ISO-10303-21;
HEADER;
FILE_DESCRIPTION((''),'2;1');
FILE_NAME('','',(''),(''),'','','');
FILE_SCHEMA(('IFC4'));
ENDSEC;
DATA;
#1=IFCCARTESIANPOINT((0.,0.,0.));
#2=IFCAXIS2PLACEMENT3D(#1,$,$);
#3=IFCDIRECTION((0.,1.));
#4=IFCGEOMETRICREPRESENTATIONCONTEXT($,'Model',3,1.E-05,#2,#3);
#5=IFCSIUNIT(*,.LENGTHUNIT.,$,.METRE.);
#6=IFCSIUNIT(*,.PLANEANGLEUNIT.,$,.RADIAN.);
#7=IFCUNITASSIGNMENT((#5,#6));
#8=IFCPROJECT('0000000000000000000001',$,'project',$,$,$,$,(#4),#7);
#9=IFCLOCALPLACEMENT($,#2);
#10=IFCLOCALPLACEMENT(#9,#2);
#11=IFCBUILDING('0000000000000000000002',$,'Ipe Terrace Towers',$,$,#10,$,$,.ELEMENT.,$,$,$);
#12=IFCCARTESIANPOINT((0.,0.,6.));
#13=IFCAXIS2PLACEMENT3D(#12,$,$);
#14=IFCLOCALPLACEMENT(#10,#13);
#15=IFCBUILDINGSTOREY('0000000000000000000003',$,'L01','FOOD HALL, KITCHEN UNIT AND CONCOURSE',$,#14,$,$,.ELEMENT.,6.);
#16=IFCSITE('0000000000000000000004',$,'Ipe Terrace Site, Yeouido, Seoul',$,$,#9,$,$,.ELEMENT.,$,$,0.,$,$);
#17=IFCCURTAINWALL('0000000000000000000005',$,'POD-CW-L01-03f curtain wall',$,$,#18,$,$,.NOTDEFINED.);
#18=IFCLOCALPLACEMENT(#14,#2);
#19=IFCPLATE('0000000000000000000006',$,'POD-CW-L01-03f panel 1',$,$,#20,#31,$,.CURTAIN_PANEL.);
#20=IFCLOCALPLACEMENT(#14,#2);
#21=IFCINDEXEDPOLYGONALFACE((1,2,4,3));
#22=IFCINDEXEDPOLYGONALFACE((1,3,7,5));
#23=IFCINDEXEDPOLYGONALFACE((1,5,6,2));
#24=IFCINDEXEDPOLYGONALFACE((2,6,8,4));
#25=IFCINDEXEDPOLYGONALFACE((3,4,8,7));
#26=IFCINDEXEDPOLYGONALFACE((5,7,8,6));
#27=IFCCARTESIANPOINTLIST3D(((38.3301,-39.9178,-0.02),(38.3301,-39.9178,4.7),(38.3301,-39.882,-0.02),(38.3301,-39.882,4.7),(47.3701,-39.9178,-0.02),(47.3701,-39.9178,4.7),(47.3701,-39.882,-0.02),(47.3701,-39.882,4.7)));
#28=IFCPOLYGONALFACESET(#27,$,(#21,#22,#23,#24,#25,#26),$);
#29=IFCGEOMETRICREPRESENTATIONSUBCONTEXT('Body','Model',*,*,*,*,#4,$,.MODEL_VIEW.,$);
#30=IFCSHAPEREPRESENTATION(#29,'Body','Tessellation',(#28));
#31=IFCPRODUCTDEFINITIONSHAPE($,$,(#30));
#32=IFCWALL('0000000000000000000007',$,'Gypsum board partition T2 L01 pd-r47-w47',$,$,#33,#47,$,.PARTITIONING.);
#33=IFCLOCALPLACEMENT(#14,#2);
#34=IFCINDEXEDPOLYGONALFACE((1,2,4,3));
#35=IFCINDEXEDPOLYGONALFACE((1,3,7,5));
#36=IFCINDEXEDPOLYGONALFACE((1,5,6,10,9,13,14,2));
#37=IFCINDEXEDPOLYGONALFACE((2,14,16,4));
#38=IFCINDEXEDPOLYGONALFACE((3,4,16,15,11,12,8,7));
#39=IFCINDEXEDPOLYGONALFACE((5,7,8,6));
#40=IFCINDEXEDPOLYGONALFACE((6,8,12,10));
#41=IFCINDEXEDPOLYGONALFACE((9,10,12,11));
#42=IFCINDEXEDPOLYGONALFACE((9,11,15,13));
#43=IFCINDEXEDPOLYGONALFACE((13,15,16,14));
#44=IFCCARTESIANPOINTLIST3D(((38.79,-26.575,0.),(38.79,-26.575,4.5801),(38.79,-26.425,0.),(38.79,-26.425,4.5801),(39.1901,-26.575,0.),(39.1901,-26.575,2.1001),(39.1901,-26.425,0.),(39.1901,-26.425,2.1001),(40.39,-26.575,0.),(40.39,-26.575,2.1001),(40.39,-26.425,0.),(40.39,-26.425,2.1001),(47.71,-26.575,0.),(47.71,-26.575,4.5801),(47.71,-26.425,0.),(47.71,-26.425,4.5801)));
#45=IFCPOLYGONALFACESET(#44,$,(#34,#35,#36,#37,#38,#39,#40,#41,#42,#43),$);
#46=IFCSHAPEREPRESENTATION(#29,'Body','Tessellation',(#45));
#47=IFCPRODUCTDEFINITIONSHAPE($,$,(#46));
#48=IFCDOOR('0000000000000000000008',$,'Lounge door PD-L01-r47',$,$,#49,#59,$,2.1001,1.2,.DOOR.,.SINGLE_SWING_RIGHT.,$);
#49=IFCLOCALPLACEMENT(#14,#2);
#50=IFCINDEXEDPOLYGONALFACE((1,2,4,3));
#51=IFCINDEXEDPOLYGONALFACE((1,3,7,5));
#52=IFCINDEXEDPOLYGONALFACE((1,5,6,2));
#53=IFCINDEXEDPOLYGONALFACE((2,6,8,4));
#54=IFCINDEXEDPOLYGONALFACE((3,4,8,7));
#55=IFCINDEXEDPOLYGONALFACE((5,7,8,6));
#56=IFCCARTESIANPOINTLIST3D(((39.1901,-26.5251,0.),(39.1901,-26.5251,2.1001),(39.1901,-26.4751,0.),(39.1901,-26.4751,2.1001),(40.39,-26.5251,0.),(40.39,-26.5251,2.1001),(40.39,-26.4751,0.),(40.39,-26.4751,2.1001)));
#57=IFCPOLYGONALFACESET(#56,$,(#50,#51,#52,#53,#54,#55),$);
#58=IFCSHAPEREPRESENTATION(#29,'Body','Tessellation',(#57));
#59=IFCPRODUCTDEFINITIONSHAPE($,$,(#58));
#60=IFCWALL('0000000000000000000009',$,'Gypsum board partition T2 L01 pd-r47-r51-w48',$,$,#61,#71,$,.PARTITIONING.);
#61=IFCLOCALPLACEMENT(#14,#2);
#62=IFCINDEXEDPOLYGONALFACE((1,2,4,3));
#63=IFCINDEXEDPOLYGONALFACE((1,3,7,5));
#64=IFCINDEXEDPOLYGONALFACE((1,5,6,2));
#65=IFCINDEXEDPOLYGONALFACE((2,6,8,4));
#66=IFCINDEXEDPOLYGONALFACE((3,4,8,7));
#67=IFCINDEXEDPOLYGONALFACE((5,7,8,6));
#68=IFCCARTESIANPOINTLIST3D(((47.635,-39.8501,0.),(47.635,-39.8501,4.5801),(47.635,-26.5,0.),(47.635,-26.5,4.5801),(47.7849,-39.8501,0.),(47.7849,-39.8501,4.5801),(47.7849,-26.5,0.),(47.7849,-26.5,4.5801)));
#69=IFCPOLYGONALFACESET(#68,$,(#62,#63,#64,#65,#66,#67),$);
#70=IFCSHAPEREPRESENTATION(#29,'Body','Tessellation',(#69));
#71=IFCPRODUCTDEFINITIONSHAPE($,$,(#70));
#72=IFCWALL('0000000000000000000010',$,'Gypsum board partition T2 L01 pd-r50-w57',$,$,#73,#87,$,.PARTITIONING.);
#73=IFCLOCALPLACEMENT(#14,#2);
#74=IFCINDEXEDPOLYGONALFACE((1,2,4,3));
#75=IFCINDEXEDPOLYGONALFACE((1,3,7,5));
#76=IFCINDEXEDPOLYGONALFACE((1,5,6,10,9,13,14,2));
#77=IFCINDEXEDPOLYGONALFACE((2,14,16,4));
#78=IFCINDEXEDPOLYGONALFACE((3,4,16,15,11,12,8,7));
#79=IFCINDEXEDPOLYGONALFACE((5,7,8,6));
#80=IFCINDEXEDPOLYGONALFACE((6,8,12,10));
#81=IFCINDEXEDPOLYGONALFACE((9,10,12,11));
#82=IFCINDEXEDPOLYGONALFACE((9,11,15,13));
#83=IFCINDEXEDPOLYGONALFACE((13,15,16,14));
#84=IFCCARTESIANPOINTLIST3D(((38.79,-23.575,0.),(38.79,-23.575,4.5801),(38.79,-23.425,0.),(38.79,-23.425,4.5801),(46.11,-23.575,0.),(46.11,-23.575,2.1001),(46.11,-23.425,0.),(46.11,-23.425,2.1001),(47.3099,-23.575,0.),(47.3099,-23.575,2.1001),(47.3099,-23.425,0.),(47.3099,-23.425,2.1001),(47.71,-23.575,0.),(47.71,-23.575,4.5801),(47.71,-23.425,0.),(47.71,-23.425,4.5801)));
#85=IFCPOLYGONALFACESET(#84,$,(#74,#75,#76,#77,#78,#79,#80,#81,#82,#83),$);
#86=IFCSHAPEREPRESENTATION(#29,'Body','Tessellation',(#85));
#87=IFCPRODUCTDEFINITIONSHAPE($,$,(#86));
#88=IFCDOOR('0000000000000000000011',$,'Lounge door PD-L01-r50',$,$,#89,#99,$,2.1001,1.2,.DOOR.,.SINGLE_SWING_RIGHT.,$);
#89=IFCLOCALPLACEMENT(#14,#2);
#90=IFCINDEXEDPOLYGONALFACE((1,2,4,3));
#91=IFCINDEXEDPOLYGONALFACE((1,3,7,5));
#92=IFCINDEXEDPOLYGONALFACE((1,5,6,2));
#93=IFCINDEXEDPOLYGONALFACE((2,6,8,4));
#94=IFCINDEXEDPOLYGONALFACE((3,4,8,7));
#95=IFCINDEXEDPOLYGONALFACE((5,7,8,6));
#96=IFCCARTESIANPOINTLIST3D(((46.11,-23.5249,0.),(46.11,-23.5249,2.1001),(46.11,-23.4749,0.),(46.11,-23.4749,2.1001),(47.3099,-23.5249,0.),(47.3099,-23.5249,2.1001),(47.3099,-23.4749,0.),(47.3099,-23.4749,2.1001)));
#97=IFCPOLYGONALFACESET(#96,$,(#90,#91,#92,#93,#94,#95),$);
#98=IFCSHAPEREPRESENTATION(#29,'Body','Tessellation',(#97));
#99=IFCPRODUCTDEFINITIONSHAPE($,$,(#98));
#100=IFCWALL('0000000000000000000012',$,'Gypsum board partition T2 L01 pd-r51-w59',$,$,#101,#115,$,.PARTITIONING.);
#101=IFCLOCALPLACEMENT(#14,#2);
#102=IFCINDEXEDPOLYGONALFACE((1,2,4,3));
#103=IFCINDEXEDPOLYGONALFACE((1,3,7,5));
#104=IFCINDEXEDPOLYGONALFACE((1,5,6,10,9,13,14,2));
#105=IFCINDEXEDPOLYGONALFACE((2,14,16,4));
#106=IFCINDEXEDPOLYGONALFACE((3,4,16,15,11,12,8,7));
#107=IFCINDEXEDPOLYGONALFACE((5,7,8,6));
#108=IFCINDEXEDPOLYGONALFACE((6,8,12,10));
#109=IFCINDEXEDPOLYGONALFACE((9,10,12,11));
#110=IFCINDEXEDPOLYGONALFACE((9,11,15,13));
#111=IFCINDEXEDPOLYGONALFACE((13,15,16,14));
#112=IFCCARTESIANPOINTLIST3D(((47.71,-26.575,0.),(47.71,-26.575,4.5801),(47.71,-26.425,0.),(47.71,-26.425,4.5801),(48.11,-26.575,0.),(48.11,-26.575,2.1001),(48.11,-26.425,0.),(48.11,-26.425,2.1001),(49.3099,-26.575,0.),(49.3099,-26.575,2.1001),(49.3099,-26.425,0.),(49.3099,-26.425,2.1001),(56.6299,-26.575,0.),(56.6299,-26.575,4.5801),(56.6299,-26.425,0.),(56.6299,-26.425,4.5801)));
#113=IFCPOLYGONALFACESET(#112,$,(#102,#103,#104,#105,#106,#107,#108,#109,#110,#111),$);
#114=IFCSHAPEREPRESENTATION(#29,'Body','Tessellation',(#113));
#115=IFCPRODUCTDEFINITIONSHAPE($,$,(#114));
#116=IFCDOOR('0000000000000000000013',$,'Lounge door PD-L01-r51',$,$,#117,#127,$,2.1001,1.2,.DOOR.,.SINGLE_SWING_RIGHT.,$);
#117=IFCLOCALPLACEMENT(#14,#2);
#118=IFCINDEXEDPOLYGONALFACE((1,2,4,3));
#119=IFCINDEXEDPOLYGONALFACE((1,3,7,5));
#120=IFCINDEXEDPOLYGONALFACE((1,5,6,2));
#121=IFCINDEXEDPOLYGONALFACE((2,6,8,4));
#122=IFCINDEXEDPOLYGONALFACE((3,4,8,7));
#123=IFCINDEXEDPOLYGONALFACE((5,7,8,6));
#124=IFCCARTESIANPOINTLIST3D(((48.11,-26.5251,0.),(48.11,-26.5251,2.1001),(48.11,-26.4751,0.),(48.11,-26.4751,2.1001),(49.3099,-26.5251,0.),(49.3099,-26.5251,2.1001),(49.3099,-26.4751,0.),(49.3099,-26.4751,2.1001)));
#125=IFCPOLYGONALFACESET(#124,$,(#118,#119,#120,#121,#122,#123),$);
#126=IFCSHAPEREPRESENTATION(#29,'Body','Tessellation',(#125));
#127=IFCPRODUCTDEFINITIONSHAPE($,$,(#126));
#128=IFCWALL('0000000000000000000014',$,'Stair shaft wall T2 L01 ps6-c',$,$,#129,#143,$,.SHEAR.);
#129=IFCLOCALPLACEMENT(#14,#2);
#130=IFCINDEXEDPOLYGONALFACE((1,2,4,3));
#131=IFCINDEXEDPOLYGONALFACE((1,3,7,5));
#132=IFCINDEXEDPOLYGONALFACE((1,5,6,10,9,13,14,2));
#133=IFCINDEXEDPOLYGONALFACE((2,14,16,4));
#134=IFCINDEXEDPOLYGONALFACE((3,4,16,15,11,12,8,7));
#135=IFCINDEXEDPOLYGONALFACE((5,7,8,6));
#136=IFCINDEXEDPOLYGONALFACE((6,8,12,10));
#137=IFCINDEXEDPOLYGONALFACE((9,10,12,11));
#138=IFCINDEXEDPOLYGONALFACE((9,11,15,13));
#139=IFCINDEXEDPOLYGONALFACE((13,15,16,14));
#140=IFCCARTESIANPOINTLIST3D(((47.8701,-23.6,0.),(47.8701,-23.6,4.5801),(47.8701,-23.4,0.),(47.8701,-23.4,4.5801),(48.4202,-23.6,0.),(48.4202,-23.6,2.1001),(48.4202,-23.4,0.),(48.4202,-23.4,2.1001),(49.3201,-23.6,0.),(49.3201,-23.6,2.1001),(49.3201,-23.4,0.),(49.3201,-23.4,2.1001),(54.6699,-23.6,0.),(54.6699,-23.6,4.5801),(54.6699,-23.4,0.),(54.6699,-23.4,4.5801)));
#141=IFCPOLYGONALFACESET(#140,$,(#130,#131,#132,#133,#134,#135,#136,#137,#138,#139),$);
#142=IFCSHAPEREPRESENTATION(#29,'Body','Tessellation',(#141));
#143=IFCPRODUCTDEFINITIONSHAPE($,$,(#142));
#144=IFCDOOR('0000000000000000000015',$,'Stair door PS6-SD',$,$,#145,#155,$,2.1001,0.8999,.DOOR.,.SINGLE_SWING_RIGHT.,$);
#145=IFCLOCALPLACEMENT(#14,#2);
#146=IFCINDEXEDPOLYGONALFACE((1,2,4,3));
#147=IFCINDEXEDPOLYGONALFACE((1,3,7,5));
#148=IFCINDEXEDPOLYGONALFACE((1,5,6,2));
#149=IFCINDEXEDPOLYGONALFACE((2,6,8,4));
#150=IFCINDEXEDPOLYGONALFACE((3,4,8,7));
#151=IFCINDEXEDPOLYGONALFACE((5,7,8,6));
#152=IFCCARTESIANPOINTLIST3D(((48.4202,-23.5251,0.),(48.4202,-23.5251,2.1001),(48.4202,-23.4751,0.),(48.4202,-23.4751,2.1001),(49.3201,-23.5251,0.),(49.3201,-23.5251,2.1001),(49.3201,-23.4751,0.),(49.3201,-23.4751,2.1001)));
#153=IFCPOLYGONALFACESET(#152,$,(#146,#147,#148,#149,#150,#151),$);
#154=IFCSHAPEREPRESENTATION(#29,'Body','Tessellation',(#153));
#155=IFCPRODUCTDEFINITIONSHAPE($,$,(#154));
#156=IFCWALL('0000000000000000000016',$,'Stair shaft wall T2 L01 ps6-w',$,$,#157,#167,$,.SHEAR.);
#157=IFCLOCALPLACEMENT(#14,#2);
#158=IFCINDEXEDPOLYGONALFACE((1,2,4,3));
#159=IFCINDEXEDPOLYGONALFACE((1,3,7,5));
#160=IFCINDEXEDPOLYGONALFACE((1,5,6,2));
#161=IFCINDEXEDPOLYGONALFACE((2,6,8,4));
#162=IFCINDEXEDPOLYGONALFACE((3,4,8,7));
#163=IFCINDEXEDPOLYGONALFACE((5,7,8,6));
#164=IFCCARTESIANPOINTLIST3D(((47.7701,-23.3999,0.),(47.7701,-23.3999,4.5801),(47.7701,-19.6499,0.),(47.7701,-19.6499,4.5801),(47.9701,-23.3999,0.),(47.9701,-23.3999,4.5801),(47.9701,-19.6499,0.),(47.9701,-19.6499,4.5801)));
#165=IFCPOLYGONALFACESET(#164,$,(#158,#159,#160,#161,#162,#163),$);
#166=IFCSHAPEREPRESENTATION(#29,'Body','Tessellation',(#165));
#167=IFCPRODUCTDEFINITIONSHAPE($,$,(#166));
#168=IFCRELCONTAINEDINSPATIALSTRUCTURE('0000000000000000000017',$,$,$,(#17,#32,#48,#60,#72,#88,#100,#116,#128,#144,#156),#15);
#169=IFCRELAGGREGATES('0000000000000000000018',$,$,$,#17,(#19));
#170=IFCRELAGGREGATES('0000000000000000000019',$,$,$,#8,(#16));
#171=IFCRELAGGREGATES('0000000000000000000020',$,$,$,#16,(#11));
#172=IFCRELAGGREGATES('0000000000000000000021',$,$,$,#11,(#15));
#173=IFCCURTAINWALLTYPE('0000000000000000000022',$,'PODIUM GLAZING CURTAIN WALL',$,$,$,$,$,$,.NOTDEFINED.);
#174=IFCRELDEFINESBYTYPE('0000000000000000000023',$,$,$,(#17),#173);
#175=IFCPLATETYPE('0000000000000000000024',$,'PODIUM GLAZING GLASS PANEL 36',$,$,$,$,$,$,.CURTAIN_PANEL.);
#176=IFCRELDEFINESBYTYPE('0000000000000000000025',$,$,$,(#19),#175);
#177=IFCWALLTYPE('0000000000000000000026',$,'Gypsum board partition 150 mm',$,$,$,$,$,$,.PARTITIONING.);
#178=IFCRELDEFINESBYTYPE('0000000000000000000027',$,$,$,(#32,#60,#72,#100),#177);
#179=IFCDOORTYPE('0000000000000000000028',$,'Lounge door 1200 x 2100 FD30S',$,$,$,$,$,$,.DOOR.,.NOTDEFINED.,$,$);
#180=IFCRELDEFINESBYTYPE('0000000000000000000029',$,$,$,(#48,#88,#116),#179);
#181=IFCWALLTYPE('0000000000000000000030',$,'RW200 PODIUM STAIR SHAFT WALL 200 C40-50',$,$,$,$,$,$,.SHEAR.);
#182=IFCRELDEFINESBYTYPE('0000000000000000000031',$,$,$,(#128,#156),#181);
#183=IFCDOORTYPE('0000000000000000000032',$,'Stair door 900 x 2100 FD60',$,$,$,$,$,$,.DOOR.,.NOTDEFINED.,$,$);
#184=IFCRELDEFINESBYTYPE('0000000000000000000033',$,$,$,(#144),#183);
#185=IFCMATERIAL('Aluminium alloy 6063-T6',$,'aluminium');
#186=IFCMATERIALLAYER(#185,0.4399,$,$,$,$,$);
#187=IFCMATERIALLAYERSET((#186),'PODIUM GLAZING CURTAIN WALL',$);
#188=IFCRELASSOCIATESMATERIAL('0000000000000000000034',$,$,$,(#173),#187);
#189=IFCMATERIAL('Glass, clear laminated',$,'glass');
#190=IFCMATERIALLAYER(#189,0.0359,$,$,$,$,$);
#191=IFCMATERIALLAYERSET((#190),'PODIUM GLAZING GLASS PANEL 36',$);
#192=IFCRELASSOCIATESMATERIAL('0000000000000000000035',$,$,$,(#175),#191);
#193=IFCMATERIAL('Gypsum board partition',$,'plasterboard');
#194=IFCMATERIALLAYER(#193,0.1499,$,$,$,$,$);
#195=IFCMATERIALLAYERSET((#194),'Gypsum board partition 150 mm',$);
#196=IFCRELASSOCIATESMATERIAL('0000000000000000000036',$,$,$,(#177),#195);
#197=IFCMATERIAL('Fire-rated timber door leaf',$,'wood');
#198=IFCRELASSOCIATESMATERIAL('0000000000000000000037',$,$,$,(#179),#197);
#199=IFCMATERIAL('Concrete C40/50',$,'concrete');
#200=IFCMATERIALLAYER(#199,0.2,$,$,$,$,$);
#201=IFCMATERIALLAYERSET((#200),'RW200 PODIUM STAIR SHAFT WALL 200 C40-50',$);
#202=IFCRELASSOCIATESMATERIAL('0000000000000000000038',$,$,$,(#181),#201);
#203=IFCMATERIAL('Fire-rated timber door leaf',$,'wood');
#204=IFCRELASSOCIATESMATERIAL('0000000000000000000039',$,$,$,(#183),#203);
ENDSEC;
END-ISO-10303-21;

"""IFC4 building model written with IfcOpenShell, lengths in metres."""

from ifc_helpers import new_model, si_unit, direction, frame, frame_2d, origin, origin_2d, place, context, subcontext, project, spatial, rectangle, extrude, material, layer, layer_set, type_object, element, fill, aggregate, save


model = new_model("IFC4")

# Units and contexts
model_context = context("Model", 3, precision=1e-05, world=origin(), true_north=direction((0.0, 1.0)))
body_context = subcontext(model_context, "Body", "Model", "MODEL_VIEW")
ifc_project = project(units=[si_unit("LENGTHUNIT", "METRE"), si_unit("PLANEANGLEUNIT", "RADIAN")], contexts=[model_context])

# Site, building, storey
site_placement = place(None, origin())
site = spatial("IfcSite", under=ifc_project, at=site_placement, Name="Ipe Terrace Site, Yeouido, Seoul", CompositionType="ELEMENT", RefElevation=0.0)
building_placement = place(site_placement, origin())
building = spatial("IfcBuilding", under=site, at=building_placement, Name="Ipe Terrace Towers", CompositionType="ELEMENT")
storey_placement = place(building_placement, frame((0.0, 0.0, 6.0)))
storey = spatial("IfcBuildingStorey", under=building, at=storey_placement, Name="L01", Description="FOOD HALL, KITCHEN UNIT AND CONCOURSE", CompositionType="ELEMENT", Elevation=6.0)

# Curtain wall, plate
ifc_material_1 = material(Name="Aluminium alloy 6063-T6", Category="aluminium")
ifc_layer_1 = layer(ifc_material_1, 0.4399)
ifc_layer_set_1 = layer_set([ifc_layer_1], Name="PODIUM GLAZING CURTAIN WALL")
curtain_wall_type = type_object("IfcCurtainWallType", Name="PODIUM GLAZING CURTAIN WALL", PredefinedType="NOTDEFINED", material=ifc_layer_set_1)
curtain_wall_placement = place(storey_placement, origin())
curtain_wall = element("IfcCurtainWall", 1, at=curtain_wall_placement, inside=storey, type_object=curtain_wall_type, Name="POD-CW-L01-03f curtain wall", PredefinedType="NOTDEFINED")
ifc_material_2 = material(Name="Glass, clear laminated", Category="glass")
ifc_layer_2 = layer(ifc_material_2, 0.0359)
ifc_layer_set_2 = layer_set([ifc_layer_2], Name="PODIUM GLAZING GLASS PANEL 36")
plate_type = type_object("IfcPlateType", Name="PODIUM GLAZING GLASS PANEL 36", PredefinedType="CURTAIN_PANEL", material=ifc_layer_set_2)
plate_placement = place(storey_placement, frame((42.8501, -39.8999, -0.02), z_axis=(0.0, 0.0, 1.0), x_axis=(1.0, 0.0, 0.0)))
plate = element("IfcPlate", 2, at=plate_placement, type_object=plate_type, Name="POD-CW-L01-03f panel 1", PredefinedType="CURTAIN_PANEL", context=body_context, shape_type="SweptSolid", body=[
    extrude(rectangle(XDim=9.04, YDim=0.0359, at=origin_2d()), origin(), (0.0, 0.0, 1.0), 4.72),
])
aggregate(curtain_wall, [plate])

# Wall, opening, door
ifc_material_3 = material(Name="Gypsum board partition", Category="plasterboard")
ifc_layer_3 = layer(ifc_material_3, 0.1499)
ifc_layer_set_3 = layer_set([ifc_layer_3], Name="Gypsum board partition 150 mm")
wall_type_1 = type_object("IfcWallType", Name="Gypsum board partition 150 mm", PredefinedType="PARTITIONING", material=ifc_layer_set_3)
wall_1_placement = place(storey_placement, frame((38.79, -26.5, 0.0), z_axis=(0.0, 0.0, 1.0), x_axis=(1.0, 0.0, 0.0)))
wall_1 = element("IfcWall", 3, at=wall_1_placement, inside=storey, type_object=wall_type_1, Name="Gypsum board partition T2 L01 pd-r47-w47", PredefinedType="PARTITIONING", context=body_context, shape_type="SweptSolid", body=[
    extrude(rectangle(XDim=8.9199, YDim=0.1499, at=frame_2d((4.46, 0.0))), origin(), (0.0, 0.0, 1.0), 4.5801),
])
opening_1_placement = place(wall_1_placement, frame((0.3999, 0.0, 0.0)))
opening_1 = element("IfcOpeningElement", 4, at=opening_1_placement, cuts=wall_1, PredefinedType="OPENING", context=body_context, shape_type="SweptSolid", body=[
    extrude(rectangle(XDim=1.2, YDim=2.1001, at=frame_2d((0.6001, 1.05))), frame((0.0, 0.085, 0.0), z_axis=(0.0, -1.0, 0.0), x_axis=(1.0, 0.0, 0.0)), (0.0, 0.0, 1.0), 0.1699),
])
ifc_material_4 = material(Name="Fire-rated timber door leaf", Category="wood")
door_type_1 = type_object("IfcDoorType", Name="Lounge door 1200 x 2100 FD30S", OperationType="NOTDEFINED", PredefinedType="DOOR", material=ifc_material_4)
door_1_placement = place(opening_1_placement, origin())
door_1 = element("IfcDoor", 5, at=door_1_placement, inside=storey, type_object=door_type_1, Name="Lounge door PD-L01-r47", OperationType="SINGLE_SWING_RIGHT", OverallHeight=2.1001, OverallWidth=1.2, PredefinedType="DOOR", context=body_context, shape_type="SweptSolid", body=[
    extrude(rectangle(XDim=1.2, YDim=2.1001, at=frame_2d((0.6001, 1.05))), frame((0.0, 0.0249, 0.0), z_axis=(0.0, -1.0, 0.0), x_axis=(1.0, 0.0, 0.0)), (0.0, 0.0, 1.0), 0.05),
])
fill(opening_1, door_1)

# Wall
wall_2_placement = place(storey_placement, frame((47.71, -26.5, 0.0), z_axis=(0.0, 0.0, 1.0), x_axis=(0.0, -1.0, 0.0)))
element("IfcWall", 6, at=wall_2_placement, inside=storey, type_object=wall_type_1, Name="Gypsum board partition T2 L01 pd-r47-r51-w48", PredefinedType="PARTITIONING", context=body_context, shape_type="SweptSolid", body=[
    extrude(rectangle(XDim=13.3501, YDim=0.1499, at=frame_2d((6.675, 0.0))), origin(), (0.0, 0.0, 1.0), 4.5801),
])

# Walls, openings, doors
wall_3_placement = place(storey_placement, frame((47.71, -23.5, 0.0), z_axis=(0.0, 0.0, 1.0), x_axis=(-1.0, 0.0, 0.0)))
wall_3 = element("IfcWall", 7, at=wall_3_placement, inside=storey, type_object=wall_type_1, Name="Gypsum board partition T2 L01 pd-r50-w57", PredefinedType="PARTITIONING", context=body_context, shape_type="SweptSolid", body=[
    extrude(rectangle(XDim=8.9199, YDim=0.1499, at=frame_2d((4.46, 0.0))), origin(), (0.0, 0.0, 1.0), 4.5801),
])
opening_2_placement = place(wall_3_placement, frame((0.3999, 0.0, 0.0)))
opening_2 = element("IfcOpeningElement", 8, at=opening_2_placement, cuts=wall_3, PredefinedType="OPENING", context=body_context, shape_type="SweptSolid", body=[
    extrude(rectangle(XDim=1.2, YDim=2.1001, at=frame_2d((0.6001, 1.05))), frame((0.0, 0.085, 0.0), z_axis=(0.0, -1.0, 0.0), x_axis=(1.0, 0.0, 0.0)), (0.0, 0.0, 1.0), 0.1699),
])
door_2_placement = place(opening_2_placement, origin())
door_2 = element("IfcDoor", 9, at=door_2_placement, inside=storey, type_object=door_type_1, Name="Lounge door PD-L01-r50", OperationType="SINGLE_SWING_RIGHT", OverallHeight=2.1001, OverallWidth=1.2, PredefinedType="DOOR", context=body_context, shape_type="SweptSolid", body=[
    extrude(rectangle(XDim=1.2, YDim=2.1001, at=frame_2d((0.6001, 1.05))), frame((0.0, 0.0249, 0.0), z_axis=(0.0, -1.0, 0.0), x_axis=(1.0, 0.0, 0.0)), (0.0, 0.0, 1.0), 0.05),
])
fill(opening_2, door_2)
wall_4_placement = place(storey_placement, frame((47.71, -26.5, 0.0), z_axis=(0.0, 0.0, 1.0), x_axis=(1.0, 0.0, 0.0)))
wall_4 = element("IfcWall", 10, at=wall_4_placement, inside=storey, type_object=wall_type_1, Name="Gypsum board partition T2 L01 pd-r51-w59", PredefinedType="PARTITIONING", context=body_context, shape_type="SweptSolid", body=[
    extrude(rectangle(XDim=8.9199, YDim=0.1499, at=frame_2d((4.46, 0.0))), origin(), (0.0, 0.0, 1.0), 4.5801),
])
opening_3_placement = place(wall_4_placement, frame((0.3999, 0.0, 0.0)))
opening_3 = element("IfcOpeningElement", 11, at=opening_3_placement, cuts=wall_4, PredefinedType="OPENING", context=body_context, shape_type="SweptSolid", body=[
    extrude(rectangle(XDim=1.2, YDim=2.1001, at=frame_2d((0.6001, 1.05))), frame((0.0, 0.085, 0.0), z_axis=(0.0, -1.0, 0.0), x_axis=(1.0, 0.0, 0.0)), (0.0, 0.0, 1.0), 0.1699),
])
door_3_placement = place(opening_3_placement, origin())
door_3 = element("IfcDoor", 12, at=door_3_placement, inside=storey, type_object=door_type_1, Name="Lounge door PD-L01-r51", OperationType="SINGLE_SWING_RIGHT", OverallHeight=2.1001, OverallWidth=1.2, PredefinedType="DOOR", context=body_context, shape_type="SweptSolid", body=[
    extrude(rectangle(XDim=1.2, YDim=2.1001, at=frame_2d((0.6001, 1.05))), frame((0.0, 0.0249, 0.0), z_axis=(0.0, -1.0, 0.0), x_axis=(1.0, 0.0, 0.0)), (0.0, 0.0, 1.0), 0.05),
])
fill(opening_3, door_3)
ifc_material_5 = material(Name="Concrete C40/50", Category="concrete")
ifc_layer_4 = layer(ifc_material_5, 0.2)
ifc_layer_set_4 = layer_set([ifc_layer_4], Name="RW200 PODIUM STAIR SHAFT WALL 200 C40-50")
wall_type_2 = type_object("IfcWallType", Name="RW200 PODIUM STAIR SHAFT WALL 200 C40-50", PredefinedType="SHEAR", material=ifc_layer_set_4)
wall_5_placement = place(storey_placement, frame((47.8701, -23.5, 0.0), z_axis=(0.0, 0.0, 1.0), x_axis=(1.0, 0.0, 0.0)))
wall_5 = element("IfcWall", 13, at=wall_5_placement, inside=storey, type_object=wall_type_2, Name="Stair shaft wall T2 L01 ps6-c", PredefinedType="SHEAR", context=body_context, shape_type="SweptSolid", body=[
    extrude(rectangle(XDim=6.7998, YDim=0.2, at=frame_2d((3.3999, 0.0))), origin(), (0.0, 0.0, 1.0), 4.5801),
])
opening_4_placement = place(wall_5_placement, frame((0.55, 0.0, 0.0)))
opening_4 = element("IfcOpeningElement", 14, at=opening_4_placement, cuts=wall_5, PredefinedType="OPENING", context=body_context, shape_type="SweptSolid", body=[
    extrude(rectangle(XDim=0.8999, YDim=2.1001, at=frame_2d((0.45, 1.05))), frame((0.0, 0.1099, 0.0), z_axis=(0.0, -1.0, 0.0), x_axis=(1.0, 0.0, 0.0)), (0.0, 0.0, 1.0), 0.22),
])
ifc_material_6 = material(Name="Fire-rated timber door leaf", Category="wood")
door_type_2 = type_object("IfcDoorType", Name="Stair door 900 x 2100 FD60", OperationType="NOTDEFINED", PredefinedType="DOOR", material=ifc_material_6)
door_4_placement = place(opening_4_placement, origin())
door_4 = element("IfcDoor", 15, at=door_4_placement, inside=storey, type_object=door_type_2, Name="Stair door PS6-SD", OperationType="SINGLE_SWING_RIGHT", OverallHeight=2.1001, OverallWidth=0.8999, PredefinedType="DOOR", context=body_context, shape_type="SweptSolid", body=[
    extrude(rectangle(XDim=0.8999, YDim=2.1001, at=frame_2d((0.45, 1.05))), frame((0.0, 0.0249, 0.0), z_axis=(0.0, -1.0, 0.0), x_axis=(1.0, 0.0, 0.0)), (0.0, 0.0, 1.0), 0.05),
])
fill(opening_4, door_4)

# Wall
wall_6_placement = place(storey_placement, frame((47.8701, -23.3999, 0.0), z_axis=(0.0, 0.0, 1.0), x_axis=(0.0, 1.0, 0.0)))
element("IfcWall", 16, at=wall_6_placement, inside=storey, type_object=wall_type_2, Name="Stair shaft wall T2 L01 ps6-w", PredefinedType="SHEAR", context=body_context, shape_type="SweptSolid", body=[
    extrude(rectangle(XDim=3.75, YDim=0.2, at=frame_2d((1.875, 0.0))), origin(), (0.0, 0.0, 1.0), 4.5801),
])

save(model, "model.ifc")
